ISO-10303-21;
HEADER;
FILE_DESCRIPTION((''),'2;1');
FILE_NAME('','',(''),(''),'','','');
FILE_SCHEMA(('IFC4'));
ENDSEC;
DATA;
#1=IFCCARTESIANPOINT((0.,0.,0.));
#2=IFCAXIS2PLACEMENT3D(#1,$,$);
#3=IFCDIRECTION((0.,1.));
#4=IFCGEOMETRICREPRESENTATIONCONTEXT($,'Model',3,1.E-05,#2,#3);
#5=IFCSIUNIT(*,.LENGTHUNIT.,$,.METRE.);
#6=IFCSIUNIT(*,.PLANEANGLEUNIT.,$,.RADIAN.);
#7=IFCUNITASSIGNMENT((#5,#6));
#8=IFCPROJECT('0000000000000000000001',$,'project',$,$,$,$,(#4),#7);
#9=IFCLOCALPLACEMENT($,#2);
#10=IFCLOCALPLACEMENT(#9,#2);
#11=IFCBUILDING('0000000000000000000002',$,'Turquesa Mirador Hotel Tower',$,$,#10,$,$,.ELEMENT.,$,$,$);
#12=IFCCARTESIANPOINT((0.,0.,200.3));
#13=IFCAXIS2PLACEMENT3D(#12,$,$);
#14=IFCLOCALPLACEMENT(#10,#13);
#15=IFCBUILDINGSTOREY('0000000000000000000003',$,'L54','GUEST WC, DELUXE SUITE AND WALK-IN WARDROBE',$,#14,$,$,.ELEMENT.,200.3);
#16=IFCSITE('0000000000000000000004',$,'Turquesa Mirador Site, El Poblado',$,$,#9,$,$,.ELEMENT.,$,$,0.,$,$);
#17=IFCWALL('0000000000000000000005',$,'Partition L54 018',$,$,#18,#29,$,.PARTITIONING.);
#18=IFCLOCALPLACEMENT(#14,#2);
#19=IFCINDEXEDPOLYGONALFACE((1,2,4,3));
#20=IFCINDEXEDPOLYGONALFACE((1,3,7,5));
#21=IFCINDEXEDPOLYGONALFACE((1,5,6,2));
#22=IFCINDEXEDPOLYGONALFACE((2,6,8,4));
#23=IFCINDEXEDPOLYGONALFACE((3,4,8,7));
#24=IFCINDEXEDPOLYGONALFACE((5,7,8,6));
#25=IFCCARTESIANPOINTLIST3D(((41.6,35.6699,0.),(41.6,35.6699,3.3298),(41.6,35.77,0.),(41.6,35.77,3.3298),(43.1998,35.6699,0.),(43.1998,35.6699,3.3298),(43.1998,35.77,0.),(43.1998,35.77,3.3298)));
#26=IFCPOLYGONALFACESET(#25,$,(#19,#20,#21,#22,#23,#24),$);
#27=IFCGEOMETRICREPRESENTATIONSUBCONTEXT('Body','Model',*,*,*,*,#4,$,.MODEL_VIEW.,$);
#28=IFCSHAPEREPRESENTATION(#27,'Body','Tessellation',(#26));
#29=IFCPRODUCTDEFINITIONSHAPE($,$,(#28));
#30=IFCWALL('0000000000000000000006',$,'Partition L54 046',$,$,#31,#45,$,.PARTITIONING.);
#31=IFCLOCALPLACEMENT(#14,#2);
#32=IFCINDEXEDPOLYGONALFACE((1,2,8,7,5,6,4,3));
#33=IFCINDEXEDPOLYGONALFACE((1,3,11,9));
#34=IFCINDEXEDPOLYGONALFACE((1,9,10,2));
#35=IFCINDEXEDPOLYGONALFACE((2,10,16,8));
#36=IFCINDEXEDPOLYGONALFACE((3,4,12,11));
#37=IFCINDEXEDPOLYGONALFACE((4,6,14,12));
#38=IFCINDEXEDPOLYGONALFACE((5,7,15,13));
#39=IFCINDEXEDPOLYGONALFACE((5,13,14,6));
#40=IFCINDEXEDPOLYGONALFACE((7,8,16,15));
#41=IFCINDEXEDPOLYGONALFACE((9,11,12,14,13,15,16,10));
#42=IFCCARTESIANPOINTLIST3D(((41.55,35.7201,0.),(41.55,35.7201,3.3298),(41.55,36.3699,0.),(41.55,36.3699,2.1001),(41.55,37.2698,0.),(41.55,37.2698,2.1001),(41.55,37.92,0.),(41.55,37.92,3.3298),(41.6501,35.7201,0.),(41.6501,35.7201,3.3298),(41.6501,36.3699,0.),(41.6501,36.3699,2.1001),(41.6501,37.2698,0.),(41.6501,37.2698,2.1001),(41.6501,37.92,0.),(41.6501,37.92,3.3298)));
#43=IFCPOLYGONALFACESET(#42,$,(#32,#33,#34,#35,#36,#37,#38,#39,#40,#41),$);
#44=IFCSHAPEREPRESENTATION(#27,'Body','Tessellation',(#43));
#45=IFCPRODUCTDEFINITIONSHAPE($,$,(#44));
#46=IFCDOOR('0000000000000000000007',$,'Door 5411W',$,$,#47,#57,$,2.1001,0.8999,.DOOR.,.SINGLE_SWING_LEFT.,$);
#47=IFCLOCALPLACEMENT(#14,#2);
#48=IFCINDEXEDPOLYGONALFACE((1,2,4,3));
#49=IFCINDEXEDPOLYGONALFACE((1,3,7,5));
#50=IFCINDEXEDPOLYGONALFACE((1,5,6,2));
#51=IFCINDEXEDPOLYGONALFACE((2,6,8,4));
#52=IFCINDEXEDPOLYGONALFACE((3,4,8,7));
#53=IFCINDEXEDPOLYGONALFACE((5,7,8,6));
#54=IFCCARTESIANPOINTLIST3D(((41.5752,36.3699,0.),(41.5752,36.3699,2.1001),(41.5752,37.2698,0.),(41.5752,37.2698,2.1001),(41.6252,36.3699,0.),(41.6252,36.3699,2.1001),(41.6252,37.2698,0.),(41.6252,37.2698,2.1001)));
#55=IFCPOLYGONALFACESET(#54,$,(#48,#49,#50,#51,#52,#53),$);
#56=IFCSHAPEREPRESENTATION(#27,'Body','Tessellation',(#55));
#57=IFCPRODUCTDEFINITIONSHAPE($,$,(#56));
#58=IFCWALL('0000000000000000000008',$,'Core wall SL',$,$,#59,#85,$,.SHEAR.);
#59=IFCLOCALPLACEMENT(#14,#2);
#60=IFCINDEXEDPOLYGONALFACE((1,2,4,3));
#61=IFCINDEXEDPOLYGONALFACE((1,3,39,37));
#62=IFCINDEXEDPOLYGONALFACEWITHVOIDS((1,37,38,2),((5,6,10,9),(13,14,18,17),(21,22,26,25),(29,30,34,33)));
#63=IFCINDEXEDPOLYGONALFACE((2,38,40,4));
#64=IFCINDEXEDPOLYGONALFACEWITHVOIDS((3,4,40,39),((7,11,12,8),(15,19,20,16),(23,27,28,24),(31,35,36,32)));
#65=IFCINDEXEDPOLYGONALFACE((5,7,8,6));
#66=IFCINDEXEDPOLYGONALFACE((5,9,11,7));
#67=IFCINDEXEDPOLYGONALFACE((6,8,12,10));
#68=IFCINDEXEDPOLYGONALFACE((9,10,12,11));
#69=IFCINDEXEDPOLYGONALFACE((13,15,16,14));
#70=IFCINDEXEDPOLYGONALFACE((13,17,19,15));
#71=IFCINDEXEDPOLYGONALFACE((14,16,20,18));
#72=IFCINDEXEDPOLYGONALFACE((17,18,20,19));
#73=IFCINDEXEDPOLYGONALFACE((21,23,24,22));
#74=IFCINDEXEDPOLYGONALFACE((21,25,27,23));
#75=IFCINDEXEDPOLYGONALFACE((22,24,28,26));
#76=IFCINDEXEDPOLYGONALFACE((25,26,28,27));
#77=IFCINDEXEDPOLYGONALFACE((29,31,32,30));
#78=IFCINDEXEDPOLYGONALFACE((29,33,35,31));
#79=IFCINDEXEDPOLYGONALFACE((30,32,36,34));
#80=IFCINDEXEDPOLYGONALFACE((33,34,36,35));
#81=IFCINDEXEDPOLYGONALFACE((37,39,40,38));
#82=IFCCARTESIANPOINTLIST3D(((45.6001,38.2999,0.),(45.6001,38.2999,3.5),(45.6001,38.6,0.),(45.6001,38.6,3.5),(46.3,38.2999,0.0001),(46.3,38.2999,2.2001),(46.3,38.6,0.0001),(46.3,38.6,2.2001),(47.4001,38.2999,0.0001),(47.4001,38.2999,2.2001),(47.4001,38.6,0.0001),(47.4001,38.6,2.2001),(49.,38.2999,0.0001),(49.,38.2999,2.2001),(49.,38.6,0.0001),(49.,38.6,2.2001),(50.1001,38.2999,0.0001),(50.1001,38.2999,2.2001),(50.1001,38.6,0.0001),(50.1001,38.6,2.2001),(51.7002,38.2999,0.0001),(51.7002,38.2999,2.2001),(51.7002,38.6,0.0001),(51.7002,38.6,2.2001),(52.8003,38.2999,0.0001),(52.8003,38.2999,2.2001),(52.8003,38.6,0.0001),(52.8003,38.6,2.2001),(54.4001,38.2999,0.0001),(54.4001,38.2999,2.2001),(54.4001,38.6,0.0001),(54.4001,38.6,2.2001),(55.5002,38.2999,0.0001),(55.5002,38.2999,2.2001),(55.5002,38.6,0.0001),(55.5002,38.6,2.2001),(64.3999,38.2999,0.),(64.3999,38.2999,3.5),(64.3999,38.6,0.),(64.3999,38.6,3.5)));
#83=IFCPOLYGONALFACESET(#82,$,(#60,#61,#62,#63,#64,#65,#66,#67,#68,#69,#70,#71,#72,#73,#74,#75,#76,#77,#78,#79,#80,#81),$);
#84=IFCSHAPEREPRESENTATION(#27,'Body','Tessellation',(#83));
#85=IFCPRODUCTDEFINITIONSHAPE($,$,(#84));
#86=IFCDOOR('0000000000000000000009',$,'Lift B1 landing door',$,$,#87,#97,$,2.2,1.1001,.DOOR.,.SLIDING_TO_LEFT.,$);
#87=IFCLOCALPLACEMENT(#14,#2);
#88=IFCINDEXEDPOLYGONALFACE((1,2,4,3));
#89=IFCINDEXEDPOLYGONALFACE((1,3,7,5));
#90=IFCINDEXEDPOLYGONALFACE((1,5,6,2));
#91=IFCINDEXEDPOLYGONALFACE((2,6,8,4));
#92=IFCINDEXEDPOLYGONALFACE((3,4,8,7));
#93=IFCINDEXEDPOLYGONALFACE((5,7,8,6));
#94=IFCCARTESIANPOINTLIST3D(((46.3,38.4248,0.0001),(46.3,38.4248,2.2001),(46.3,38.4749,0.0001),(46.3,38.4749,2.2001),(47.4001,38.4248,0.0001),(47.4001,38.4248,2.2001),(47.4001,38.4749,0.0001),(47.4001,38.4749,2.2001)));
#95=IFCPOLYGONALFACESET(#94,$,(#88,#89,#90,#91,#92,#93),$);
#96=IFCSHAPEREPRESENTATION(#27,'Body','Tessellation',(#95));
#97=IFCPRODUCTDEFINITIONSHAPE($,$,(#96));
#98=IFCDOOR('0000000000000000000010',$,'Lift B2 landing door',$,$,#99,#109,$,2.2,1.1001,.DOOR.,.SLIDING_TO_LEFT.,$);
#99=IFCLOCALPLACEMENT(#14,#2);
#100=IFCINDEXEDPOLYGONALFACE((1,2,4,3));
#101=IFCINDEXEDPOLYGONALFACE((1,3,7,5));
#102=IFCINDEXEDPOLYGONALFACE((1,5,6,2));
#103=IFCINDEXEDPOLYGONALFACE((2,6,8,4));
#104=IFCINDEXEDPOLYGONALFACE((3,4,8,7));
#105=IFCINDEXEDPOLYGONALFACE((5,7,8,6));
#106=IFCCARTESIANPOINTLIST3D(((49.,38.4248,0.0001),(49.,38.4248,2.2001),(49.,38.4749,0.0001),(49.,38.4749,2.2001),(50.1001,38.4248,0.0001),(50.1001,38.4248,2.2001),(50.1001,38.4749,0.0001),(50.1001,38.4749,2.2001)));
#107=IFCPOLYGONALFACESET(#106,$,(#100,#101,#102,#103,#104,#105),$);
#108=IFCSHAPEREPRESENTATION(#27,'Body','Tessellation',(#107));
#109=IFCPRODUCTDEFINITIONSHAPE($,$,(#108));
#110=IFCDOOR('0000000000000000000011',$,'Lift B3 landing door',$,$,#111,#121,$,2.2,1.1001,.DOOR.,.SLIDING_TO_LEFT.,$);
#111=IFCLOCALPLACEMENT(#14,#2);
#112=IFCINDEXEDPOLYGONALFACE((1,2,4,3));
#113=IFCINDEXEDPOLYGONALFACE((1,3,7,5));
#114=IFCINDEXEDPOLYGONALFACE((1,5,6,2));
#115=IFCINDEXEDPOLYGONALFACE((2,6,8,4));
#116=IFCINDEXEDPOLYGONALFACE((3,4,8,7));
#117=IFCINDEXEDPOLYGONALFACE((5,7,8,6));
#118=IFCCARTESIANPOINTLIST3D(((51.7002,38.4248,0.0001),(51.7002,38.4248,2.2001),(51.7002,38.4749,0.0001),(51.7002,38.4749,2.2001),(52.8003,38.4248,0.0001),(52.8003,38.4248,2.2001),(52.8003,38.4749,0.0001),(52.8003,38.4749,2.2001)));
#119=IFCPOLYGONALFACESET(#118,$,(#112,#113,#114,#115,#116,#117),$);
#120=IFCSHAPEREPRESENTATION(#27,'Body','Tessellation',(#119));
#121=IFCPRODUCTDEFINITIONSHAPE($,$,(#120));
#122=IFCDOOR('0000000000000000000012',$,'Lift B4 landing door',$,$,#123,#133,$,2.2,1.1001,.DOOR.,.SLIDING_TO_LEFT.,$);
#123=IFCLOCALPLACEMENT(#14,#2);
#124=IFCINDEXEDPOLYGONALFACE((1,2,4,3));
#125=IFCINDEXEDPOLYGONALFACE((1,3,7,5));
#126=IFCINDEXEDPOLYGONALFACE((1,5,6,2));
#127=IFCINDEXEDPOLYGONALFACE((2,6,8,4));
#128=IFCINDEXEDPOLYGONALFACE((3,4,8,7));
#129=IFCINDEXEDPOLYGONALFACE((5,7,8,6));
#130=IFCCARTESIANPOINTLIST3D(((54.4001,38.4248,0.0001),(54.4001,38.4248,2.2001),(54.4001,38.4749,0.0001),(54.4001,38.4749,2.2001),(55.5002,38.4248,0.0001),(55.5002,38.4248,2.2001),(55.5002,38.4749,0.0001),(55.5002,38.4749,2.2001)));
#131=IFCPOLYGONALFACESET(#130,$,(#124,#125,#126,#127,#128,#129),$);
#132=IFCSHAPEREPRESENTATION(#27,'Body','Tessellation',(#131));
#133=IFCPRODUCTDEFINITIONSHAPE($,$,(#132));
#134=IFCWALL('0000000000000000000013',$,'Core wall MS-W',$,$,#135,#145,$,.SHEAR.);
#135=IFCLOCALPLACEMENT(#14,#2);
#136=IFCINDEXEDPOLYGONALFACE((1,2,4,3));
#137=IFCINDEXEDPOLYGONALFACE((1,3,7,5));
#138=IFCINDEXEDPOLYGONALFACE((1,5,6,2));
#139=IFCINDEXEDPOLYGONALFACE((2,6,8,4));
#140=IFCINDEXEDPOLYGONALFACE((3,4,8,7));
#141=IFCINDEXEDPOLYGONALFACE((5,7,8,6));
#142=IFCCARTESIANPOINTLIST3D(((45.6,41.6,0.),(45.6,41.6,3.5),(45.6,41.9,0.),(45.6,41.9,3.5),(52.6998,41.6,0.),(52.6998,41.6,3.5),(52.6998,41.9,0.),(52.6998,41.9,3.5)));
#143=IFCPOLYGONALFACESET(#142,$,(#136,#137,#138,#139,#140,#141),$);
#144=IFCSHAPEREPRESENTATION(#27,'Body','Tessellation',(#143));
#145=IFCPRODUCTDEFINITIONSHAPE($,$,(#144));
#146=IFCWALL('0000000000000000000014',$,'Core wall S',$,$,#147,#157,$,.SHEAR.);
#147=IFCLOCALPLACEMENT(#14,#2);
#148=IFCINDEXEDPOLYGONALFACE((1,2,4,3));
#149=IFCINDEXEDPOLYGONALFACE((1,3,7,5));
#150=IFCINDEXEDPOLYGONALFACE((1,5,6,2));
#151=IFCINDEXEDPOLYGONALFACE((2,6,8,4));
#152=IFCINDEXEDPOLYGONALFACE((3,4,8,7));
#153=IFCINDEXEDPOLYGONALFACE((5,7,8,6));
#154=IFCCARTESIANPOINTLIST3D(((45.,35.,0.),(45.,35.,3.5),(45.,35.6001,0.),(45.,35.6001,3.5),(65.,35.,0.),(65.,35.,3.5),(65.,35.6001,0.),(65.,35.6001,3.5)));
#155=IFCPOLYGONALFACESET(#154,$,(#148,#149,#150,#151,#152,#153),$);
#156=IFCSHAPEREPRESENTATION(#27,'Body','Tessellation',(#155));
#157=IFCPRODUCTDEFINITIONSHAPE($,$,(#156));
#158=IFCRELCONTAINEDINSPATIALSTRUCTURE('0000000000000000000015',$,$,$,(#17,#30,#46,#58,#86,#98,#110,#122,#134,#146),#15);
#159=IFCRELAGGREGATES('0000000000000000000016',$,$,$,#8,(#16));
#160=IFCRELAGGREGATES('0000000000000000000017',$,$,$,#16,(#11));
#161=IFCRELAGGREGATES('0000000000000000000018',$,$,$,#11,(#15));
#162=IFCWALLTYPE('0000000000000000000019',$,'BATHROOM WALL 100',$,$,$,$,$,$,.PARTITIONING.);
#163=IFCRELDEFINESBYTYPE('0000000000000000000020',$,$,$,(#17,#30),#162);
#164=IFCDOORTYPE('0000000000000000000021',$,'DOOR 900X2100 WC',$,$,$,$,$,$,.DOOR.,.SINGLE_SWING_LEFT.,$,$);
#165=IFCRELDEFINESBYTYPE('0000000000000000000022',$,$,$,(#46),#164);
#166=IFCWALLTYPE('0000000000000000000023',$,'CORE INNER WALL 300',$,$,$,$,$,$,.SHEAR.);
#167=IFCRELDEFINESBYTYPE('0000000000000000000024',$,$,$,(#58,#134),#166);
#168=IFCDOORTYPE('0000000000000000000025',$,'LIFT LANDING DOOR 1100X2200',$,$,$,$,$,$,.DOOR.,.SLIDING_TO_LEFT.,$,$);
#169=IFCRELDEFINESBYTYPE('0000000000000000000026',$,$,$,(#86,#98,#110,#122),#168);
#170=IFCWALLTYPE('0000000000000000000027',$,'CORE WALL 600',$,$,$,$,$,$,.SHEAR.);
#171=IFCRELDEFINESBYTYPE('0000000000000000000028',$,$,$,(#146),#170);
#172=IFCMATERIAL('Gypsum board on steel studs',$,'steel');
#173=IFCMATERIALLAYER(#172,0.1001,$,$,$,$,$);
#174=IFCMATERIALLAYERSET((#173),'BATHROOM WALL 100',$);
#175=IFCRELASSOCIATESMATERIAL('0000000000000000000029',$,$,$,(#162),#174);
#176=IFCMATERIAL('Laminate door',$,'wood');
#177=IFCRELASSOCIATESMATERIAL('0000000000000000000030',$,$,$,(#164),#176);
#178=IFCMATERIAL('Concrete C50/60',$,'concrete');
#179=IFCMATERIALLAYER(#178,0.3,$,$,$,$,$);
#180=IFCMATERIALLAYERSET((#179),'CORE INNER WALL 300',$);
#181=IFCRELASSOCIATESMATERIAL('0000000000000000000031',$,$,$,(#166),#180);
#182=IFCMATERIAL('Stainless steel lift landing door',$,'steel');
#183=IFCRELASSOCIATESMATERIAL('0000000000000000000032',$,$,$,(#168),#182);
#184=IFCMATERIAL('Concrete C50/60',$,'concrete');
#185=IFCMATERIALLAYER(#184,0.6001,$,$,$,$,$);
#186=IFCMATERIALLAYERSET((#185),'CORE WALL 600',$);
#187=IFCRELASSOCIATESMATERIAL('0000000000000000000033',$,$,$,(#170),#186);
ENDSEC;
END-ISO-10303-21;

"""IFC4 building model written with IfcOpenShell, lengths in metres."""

from ifc_helpers import new_model, si_unit, direction, frame, frame_2d, origin, place, context, subcontext, project, spatial, rectangle, extrude, material, layer, layer_set, type_object, element, fill, save


model = new_model("IFC4")

# Units and contexts
model_context = context("Model", 3, precision=1e-05, world=origin(), true_north=direction((0.0, 1.0)))
body_context = subcontext(model_context, "Body", "Model", "MODEL_VIEW")
ifc_project = project(units=[si_unit("LENGTHUNIT", "METRE"), si_unit("PLANEANGLEUNIT", "RADIAN")], contexts=[model_context])

# Site, building, storey
site_placement = place(None, origin())
site = spatial("IfcSite", under=ifc_project, at=site_placement, Name="Turquesa Mirador Site, El Poblado", CompositionType="ELEMENT", RefElevation=0.0)
building_placement = place(site_placement, origin())
building = spatial("IfcBuilding", under=site, at=building_placement, Name="Turquesa Mirador Hotel Tower", CompositionType="ELEMENT")
storey_placement = place(building_placement, frame((0.0, 0.0, 200.3)))
storey = spatial("IfcBuildingStorey", under=building, at=storey_placement, Name="L54", Description="GUEST WC, DELUXE SUITE AND WALK-IN WARDROBE", CompositionType="ELEMENT", Elevation=200.3)

# Wall
ifc_material_1 = material(Name="Gypsum board on steel studs", Category="steel")
ifc_layer_1 = layer(ifc_material_1, 0.1001)
ifc_layer_set_1 = layer_set([ifc_layer_1], Name="BATHROOM WALL 100")
wall_type_1 = type_object("IfcWallType", Name="BATHROOM WALL 100", PredefinedType="PARTITIONING", material=ifc_layer_set_1)
wall_1_placement = place(storey_placement, frame((41.6001, 35.72, 0.0), z_axis=(0.0, 0.0, 1.0), x_axis=(1.0, 0.0, 0.0)))
element("IfcWall", 1, at=wall_1_placement, inside=storey, type_object=wall_type_1, Name="Partition L54 018", PredefinedType="PARTITIONING", context=body_context, shape_type="SweptSolid", body=[
    extrude(rectangle(XDim=1.5999, YDim=0.1001, at=frame_2d((0.7998, 0.0))), origin(), (0.0, 0.0, 1.0), 3.3298),
])

# Wall, opening, door
wall_2_placement = place(storey_placement, frame((41.6001, 35.72, 0.0), z_axis=(0.0, 0.0, 1.0), x_axis=(0.0, 1.0, 0.0)))
wall_2 = element("IfcWall", 2, at=wall_2_placement, inside=storey, type_object=wall_type_1, Name="Partition L54 046", PredefinedType="PARTITIONING", context=body_context, shape_type="SweptSolid", body=[
    extrude(rectangle(XDim=2.2, YDim=0.1001, at=frame_2d((1.1001, 0.0))), origin(), (0.0, 0.0, 1.0), 3.3298),
])
opening_1_placement = place(wall_2_placement, frame((0.6499, 0.0, 0.0)))
opening_1 = element("IfcOpeningElement", 3, at=opening_1_placement, cuts=wall_2, PredefinedType="OPENING", context=body_context, shape_type="SweptSolid", body=[
    extrude(rectangle(XDim=0.8999, YDim=2.1001, at=frame_2d((0.45, 1.05))), frame((0.0, 0.0601, 0.0), z_axis=(0.0, -1.0, 0.0), x_axis=(1.0, 0.0, 0.0)), (0.0, 0.0, 1.0), 0.1201),
])
ifc_material_2 = material(Name="Laminate door", Category="wood")
door_type_1 = type_object("IfcDoorType", Name="DOOR 900X2100 WC", OperationType="SINGLE_SWING_LEFT", PredefinedType="DOOR", material=ifc_material_2)
door_1_placement = place(opening_1_placement, origin())
door_1 = element("IfcDoor", 4, at=door_1_placement, inside=storey, type_object=door_type_1, Name="Door 5411W", OperationType="SINGLE_SWING_LEFT", OverallHeight=2.1001, OverallWidth=0.8999, PredefinedType="DOOR", context=body_context, shape_type="SweptSolid", body=[
    extrude(rectangle(XDim=0.8999, YDim=2.1001, at=frame_2d((0.45, 1.05))), frame((0.0, 0.0249, 0.0), z_axis=(0.0, -1.0, 0.0), x_axis=(1.0, 0.0, 0.0)), (0.0, 0.0, 1.0), 0.05),
])
fill(opening_1, door_1)

# Wall, openings, doors
ifc_material_3 = material(Name="Concrete C50/60", Category="concrete")
ifc_layer_2 = layer(ifc_material_3, 0.3)
ifc_layer_set_2 = layer_set([ifc_layer_2], Name="CORE INNER WALL 300")
wall_type_2 = type_object("IfcWallType", Name="CORE INNER WALL 300", PredefinedType="SHEAR", material=ifc_layer_set_2)
wall_3_placement = place(storey_placement, frame((45.6001, 38.45, 0.0), z_axis=(0.0, 0.0, 1.0), x_axis=(1.0, 0.0, 0.0)))
wall_3 = element("IfcWall", 5, at=wall_3_placement, inside=storey, type_object=wall_type_2, Name="Core wall SL", PredefinedType="SHEAR", context=body_context, shape_type="SweptSolid", body=[
    extrude(rectangle(XDim=18.7998, YDim=0.3, at=frame_2d((9.3999, 0.0))), origin(), (0.0, 0.0, 1.0), 3.5),
])
opening_2_placement = place(wall_3_placement, frame((0.7, 0.0, 0.0)))
opening_2 = element("IfcOpeningElement", 6, at=opening_2_placement, cuts=wall_3, PredefinedType="OPENING", context=body_context, shape_type="SweptSolid", body=[
    extrude(rectangle(XDim=1.1001, YDim=2.2, at=frame_2d((0.55, 1.1001))), frame((0.0, 0.1599, 0.0), z_axis=(0.0, -1.0, 0.0), x_axis=(1.0, 0.0, 0.0)), (0.0, 0.0, 1.0), 0.3201),
])
opening_3_placement = place(wall_3_placement, frame((3.3999, 0.0, 0.0)))
opening_3 = element("IfcOpeningElement", 7, at=opening_3_placement, cuts=wall_3, PredefinedType="OPENING", context=body_context, shape_type="SweptSolid", body=[
    extrude(rectangle(XDim=1.1001, YDim=2.2, at=frame_2d((0.55, 1.1001))), frame((0.0, 0.1599, 0.0), z_axis=(0.0, -1.0, 0.0), x_axis=(1.0, 0.0, 0.0)), (0.0, 0.0, 1.0), 0.3201),
])
opening_4_placement = place(wall_3_placement, frame((6.1001, 0.0, 0.0)))
opening_4 = element("IfcOpeningElement", 8, at=opening_4_placement, cuts=wall_3, PredefinedType="OPENING", context=body_context, shape_type="SweptSolid", body=[
    extrude(rectangle(XDim=1.1001, YDim=2.2, at=frame_2d((0.55, 1.1001))), frame((0.0, 0.1599, 0.0), z_axis=(0.0, -1.0, 0.0), x_axis=(1.0, 0.0, 0.0)), (0.0, 0.0, 1.0), 0.3201),
])
opening_5_placement = place(wall_3_placement, frame((8.8, 0.0, 0.0)))
opening_5 = element("IfcOpeningElement", 9, at=opening_5_placement, cuts=wall_3, PredefinedType="OPENING", context=body_context, shape_type="SweptSolid", body=[
    extrude(rectangle(XDim=1.1001, YDim=2.2, at=frame_2d((0.55, 1.1001))), frame((0.0, 0.1599, 0.0), z_axis=(0.0, -1.0, 0.0), x_axis=(1.0, 0.0, 0.0)), (0.0, 0.0, 1.0), 0.3201),
])
ifc_material_4 = material(Name="Stainless steel lift landing door", Category="steel")
door_type_2 = type_object("IfcDoorType", Name="LIFT LANDING DOOR 1100X2200", OperationType="SLIDING_TO_LEFT", PredefinedType="DOOR", material=ifc_material_4)
door_2_placement = place(opening_2_placement, origin())
door_2 = element("IfcDoor", 10, at=door_2_placement, inside=storey, type_object=door_type_2, Name="Lift B1 landing door", OperationType="SLIDING_TO_LEFT", OverallHeight=2.2, OverallWidth=1.1001, PredefinedType="DOOR", context=body_context, shape_type="SweptSolid", body=[
    extrude(rectangle(XDim=1.1001, YDim=2.2, at=frame_2d((0.55, 1.1001))), frame((0.0, 0.0249, 0.0), z_axis=(0.0, -1.0, 0.0), x_axis=(1.0, 0.0, 0.0)), (0.0, 0.0, 1.0), 0.05),
])
fill(opening_2, door_2)
door_3_placement = place(opening_3_placement, origin())
door_3 = element("IfcDoor", 11, at=door_3_placement, inside=storey, type_object=door_type_2, Name="Lift B2 landing door", OperationType="SLIDING_TO_LEFT", OverallHeight=2.2, OverallWidth=1.1001, PredefinedType="DOOR", context=body_context, shape_type="SweptSolid", body=[
    extrude(rectangle(XDim=1.1001, YDim=2.2, at=frame_2d((0.55, 1.1001))), frame((0.0, 0.0249, 0.0), z_axis=(0.0, -1.0, 0.0), x_axis=(1.0, 0.0, 0.0)), (0.0, 0.0, 1.0), 0.05),
])
fill(opening_3, door_3)
door_4_placement = place(opening_4_placement, origin())
door_4 = element("IfcDoor", 12, at=door_4_placement, inside=storey, type_object=door_type_2, Name="Lift B3 landing door", OperationType="SLIDING_TO_LEFT", OverallHeight=2.2, OverallWidth=1.1001, PredefinedType="DOOR", context=body_context, shape_type="SweptSolid", body=[
    extrude(rectangle(XDim=1.1001, YDim=2.2, at=frame_2d((0.55, 1.1001))), frame((0.0, 0.0249, 0.0), z_axis=(0.0, -1.0, 0.0), x_axis=(1.0, 0.0, 0.0)), (0.0, 0.0, 1.0), 0.05),
])
fill(opening_4, door_4)
door_5_placement = place(opening_5_placement, origin())
door_5 = element("IfcDoor", 13, at=door_5_placement, inside=storey, type_object=door_type_2, Name="Lift B4 landing door", OperationType="SLIDING_TO_LEFT", OverallHeight=2.2, OverallWidth=1.1001, PredefinedType="DOOR", context=body_context, shape_type="SweptSolid", body=[
    extrude(rectangle(XDim=1.1001, YDim=2.2, at=frame_2d((0.55, 1.1001))), frame((0.0, 0.0249, 0.0), z_axis=(0.0, -1.0, 0.0), x_axis=(1.0, 0.0, 0.0)), (0.0, 0.0, 1.0), 0.05),
])
fill(opening_5, door_5)

# Walls
wall_4_placement = place(storey_placement, frame((45.6001, 41.75, 0.0), z_axis=(0.0, 0.0, 1.0), x_axis=(1.0, 0.0, 0.0)))
element("IfcWall", 14, at=wall_4_placement, inside=storey, type_object=wall_type_2, Name="Core wall MS-W", PredefinedType="SHEAR", context=body_context, shape_type="SweptSolid", body=[
    extrude(rectangle(XDim=7.0999, YDim=0.3, at=frame_2d((3.5498, 0.0))), origin(), (0.0, 0.0, 1.0), 3.5),
])
ifc_material_5 = material(Name="Concrete C50/60", Category="concrete")
ifc_layer_3 = layer(ifc_material_5, 0.6001)
ifc_layer_set_3 = layer_set([ifc_layer_3], Name="CORE WALL 600")
wall_type_3 = type_object("IfcWallType", Name="CORE WALL 600", PredefinedType="SHEAR", material=ifc_layer_set_3)
wall_5_placement = place(storey_placement, frame((45.0, 35.3, 0.0), z_axis=(0.0, 0.0, 1.0), x_axis=(1.0, 0.0, 0.0)))
element("IfcWall", 15, at=wall_5_placement, inside=storey, type_object=wall_type_3, Name="Core wall S", PredefinedType="SHEAR", context=body_context, shape_type="SweptSolid", body=[
    extrude(rectangle(XDim=20.0, YDim=0.6001, at=frame_2d((10.0, 0.0))), origin(), (0.0, 0.0, 1.0), 3.5),
])

save(model, "model.ifc")
